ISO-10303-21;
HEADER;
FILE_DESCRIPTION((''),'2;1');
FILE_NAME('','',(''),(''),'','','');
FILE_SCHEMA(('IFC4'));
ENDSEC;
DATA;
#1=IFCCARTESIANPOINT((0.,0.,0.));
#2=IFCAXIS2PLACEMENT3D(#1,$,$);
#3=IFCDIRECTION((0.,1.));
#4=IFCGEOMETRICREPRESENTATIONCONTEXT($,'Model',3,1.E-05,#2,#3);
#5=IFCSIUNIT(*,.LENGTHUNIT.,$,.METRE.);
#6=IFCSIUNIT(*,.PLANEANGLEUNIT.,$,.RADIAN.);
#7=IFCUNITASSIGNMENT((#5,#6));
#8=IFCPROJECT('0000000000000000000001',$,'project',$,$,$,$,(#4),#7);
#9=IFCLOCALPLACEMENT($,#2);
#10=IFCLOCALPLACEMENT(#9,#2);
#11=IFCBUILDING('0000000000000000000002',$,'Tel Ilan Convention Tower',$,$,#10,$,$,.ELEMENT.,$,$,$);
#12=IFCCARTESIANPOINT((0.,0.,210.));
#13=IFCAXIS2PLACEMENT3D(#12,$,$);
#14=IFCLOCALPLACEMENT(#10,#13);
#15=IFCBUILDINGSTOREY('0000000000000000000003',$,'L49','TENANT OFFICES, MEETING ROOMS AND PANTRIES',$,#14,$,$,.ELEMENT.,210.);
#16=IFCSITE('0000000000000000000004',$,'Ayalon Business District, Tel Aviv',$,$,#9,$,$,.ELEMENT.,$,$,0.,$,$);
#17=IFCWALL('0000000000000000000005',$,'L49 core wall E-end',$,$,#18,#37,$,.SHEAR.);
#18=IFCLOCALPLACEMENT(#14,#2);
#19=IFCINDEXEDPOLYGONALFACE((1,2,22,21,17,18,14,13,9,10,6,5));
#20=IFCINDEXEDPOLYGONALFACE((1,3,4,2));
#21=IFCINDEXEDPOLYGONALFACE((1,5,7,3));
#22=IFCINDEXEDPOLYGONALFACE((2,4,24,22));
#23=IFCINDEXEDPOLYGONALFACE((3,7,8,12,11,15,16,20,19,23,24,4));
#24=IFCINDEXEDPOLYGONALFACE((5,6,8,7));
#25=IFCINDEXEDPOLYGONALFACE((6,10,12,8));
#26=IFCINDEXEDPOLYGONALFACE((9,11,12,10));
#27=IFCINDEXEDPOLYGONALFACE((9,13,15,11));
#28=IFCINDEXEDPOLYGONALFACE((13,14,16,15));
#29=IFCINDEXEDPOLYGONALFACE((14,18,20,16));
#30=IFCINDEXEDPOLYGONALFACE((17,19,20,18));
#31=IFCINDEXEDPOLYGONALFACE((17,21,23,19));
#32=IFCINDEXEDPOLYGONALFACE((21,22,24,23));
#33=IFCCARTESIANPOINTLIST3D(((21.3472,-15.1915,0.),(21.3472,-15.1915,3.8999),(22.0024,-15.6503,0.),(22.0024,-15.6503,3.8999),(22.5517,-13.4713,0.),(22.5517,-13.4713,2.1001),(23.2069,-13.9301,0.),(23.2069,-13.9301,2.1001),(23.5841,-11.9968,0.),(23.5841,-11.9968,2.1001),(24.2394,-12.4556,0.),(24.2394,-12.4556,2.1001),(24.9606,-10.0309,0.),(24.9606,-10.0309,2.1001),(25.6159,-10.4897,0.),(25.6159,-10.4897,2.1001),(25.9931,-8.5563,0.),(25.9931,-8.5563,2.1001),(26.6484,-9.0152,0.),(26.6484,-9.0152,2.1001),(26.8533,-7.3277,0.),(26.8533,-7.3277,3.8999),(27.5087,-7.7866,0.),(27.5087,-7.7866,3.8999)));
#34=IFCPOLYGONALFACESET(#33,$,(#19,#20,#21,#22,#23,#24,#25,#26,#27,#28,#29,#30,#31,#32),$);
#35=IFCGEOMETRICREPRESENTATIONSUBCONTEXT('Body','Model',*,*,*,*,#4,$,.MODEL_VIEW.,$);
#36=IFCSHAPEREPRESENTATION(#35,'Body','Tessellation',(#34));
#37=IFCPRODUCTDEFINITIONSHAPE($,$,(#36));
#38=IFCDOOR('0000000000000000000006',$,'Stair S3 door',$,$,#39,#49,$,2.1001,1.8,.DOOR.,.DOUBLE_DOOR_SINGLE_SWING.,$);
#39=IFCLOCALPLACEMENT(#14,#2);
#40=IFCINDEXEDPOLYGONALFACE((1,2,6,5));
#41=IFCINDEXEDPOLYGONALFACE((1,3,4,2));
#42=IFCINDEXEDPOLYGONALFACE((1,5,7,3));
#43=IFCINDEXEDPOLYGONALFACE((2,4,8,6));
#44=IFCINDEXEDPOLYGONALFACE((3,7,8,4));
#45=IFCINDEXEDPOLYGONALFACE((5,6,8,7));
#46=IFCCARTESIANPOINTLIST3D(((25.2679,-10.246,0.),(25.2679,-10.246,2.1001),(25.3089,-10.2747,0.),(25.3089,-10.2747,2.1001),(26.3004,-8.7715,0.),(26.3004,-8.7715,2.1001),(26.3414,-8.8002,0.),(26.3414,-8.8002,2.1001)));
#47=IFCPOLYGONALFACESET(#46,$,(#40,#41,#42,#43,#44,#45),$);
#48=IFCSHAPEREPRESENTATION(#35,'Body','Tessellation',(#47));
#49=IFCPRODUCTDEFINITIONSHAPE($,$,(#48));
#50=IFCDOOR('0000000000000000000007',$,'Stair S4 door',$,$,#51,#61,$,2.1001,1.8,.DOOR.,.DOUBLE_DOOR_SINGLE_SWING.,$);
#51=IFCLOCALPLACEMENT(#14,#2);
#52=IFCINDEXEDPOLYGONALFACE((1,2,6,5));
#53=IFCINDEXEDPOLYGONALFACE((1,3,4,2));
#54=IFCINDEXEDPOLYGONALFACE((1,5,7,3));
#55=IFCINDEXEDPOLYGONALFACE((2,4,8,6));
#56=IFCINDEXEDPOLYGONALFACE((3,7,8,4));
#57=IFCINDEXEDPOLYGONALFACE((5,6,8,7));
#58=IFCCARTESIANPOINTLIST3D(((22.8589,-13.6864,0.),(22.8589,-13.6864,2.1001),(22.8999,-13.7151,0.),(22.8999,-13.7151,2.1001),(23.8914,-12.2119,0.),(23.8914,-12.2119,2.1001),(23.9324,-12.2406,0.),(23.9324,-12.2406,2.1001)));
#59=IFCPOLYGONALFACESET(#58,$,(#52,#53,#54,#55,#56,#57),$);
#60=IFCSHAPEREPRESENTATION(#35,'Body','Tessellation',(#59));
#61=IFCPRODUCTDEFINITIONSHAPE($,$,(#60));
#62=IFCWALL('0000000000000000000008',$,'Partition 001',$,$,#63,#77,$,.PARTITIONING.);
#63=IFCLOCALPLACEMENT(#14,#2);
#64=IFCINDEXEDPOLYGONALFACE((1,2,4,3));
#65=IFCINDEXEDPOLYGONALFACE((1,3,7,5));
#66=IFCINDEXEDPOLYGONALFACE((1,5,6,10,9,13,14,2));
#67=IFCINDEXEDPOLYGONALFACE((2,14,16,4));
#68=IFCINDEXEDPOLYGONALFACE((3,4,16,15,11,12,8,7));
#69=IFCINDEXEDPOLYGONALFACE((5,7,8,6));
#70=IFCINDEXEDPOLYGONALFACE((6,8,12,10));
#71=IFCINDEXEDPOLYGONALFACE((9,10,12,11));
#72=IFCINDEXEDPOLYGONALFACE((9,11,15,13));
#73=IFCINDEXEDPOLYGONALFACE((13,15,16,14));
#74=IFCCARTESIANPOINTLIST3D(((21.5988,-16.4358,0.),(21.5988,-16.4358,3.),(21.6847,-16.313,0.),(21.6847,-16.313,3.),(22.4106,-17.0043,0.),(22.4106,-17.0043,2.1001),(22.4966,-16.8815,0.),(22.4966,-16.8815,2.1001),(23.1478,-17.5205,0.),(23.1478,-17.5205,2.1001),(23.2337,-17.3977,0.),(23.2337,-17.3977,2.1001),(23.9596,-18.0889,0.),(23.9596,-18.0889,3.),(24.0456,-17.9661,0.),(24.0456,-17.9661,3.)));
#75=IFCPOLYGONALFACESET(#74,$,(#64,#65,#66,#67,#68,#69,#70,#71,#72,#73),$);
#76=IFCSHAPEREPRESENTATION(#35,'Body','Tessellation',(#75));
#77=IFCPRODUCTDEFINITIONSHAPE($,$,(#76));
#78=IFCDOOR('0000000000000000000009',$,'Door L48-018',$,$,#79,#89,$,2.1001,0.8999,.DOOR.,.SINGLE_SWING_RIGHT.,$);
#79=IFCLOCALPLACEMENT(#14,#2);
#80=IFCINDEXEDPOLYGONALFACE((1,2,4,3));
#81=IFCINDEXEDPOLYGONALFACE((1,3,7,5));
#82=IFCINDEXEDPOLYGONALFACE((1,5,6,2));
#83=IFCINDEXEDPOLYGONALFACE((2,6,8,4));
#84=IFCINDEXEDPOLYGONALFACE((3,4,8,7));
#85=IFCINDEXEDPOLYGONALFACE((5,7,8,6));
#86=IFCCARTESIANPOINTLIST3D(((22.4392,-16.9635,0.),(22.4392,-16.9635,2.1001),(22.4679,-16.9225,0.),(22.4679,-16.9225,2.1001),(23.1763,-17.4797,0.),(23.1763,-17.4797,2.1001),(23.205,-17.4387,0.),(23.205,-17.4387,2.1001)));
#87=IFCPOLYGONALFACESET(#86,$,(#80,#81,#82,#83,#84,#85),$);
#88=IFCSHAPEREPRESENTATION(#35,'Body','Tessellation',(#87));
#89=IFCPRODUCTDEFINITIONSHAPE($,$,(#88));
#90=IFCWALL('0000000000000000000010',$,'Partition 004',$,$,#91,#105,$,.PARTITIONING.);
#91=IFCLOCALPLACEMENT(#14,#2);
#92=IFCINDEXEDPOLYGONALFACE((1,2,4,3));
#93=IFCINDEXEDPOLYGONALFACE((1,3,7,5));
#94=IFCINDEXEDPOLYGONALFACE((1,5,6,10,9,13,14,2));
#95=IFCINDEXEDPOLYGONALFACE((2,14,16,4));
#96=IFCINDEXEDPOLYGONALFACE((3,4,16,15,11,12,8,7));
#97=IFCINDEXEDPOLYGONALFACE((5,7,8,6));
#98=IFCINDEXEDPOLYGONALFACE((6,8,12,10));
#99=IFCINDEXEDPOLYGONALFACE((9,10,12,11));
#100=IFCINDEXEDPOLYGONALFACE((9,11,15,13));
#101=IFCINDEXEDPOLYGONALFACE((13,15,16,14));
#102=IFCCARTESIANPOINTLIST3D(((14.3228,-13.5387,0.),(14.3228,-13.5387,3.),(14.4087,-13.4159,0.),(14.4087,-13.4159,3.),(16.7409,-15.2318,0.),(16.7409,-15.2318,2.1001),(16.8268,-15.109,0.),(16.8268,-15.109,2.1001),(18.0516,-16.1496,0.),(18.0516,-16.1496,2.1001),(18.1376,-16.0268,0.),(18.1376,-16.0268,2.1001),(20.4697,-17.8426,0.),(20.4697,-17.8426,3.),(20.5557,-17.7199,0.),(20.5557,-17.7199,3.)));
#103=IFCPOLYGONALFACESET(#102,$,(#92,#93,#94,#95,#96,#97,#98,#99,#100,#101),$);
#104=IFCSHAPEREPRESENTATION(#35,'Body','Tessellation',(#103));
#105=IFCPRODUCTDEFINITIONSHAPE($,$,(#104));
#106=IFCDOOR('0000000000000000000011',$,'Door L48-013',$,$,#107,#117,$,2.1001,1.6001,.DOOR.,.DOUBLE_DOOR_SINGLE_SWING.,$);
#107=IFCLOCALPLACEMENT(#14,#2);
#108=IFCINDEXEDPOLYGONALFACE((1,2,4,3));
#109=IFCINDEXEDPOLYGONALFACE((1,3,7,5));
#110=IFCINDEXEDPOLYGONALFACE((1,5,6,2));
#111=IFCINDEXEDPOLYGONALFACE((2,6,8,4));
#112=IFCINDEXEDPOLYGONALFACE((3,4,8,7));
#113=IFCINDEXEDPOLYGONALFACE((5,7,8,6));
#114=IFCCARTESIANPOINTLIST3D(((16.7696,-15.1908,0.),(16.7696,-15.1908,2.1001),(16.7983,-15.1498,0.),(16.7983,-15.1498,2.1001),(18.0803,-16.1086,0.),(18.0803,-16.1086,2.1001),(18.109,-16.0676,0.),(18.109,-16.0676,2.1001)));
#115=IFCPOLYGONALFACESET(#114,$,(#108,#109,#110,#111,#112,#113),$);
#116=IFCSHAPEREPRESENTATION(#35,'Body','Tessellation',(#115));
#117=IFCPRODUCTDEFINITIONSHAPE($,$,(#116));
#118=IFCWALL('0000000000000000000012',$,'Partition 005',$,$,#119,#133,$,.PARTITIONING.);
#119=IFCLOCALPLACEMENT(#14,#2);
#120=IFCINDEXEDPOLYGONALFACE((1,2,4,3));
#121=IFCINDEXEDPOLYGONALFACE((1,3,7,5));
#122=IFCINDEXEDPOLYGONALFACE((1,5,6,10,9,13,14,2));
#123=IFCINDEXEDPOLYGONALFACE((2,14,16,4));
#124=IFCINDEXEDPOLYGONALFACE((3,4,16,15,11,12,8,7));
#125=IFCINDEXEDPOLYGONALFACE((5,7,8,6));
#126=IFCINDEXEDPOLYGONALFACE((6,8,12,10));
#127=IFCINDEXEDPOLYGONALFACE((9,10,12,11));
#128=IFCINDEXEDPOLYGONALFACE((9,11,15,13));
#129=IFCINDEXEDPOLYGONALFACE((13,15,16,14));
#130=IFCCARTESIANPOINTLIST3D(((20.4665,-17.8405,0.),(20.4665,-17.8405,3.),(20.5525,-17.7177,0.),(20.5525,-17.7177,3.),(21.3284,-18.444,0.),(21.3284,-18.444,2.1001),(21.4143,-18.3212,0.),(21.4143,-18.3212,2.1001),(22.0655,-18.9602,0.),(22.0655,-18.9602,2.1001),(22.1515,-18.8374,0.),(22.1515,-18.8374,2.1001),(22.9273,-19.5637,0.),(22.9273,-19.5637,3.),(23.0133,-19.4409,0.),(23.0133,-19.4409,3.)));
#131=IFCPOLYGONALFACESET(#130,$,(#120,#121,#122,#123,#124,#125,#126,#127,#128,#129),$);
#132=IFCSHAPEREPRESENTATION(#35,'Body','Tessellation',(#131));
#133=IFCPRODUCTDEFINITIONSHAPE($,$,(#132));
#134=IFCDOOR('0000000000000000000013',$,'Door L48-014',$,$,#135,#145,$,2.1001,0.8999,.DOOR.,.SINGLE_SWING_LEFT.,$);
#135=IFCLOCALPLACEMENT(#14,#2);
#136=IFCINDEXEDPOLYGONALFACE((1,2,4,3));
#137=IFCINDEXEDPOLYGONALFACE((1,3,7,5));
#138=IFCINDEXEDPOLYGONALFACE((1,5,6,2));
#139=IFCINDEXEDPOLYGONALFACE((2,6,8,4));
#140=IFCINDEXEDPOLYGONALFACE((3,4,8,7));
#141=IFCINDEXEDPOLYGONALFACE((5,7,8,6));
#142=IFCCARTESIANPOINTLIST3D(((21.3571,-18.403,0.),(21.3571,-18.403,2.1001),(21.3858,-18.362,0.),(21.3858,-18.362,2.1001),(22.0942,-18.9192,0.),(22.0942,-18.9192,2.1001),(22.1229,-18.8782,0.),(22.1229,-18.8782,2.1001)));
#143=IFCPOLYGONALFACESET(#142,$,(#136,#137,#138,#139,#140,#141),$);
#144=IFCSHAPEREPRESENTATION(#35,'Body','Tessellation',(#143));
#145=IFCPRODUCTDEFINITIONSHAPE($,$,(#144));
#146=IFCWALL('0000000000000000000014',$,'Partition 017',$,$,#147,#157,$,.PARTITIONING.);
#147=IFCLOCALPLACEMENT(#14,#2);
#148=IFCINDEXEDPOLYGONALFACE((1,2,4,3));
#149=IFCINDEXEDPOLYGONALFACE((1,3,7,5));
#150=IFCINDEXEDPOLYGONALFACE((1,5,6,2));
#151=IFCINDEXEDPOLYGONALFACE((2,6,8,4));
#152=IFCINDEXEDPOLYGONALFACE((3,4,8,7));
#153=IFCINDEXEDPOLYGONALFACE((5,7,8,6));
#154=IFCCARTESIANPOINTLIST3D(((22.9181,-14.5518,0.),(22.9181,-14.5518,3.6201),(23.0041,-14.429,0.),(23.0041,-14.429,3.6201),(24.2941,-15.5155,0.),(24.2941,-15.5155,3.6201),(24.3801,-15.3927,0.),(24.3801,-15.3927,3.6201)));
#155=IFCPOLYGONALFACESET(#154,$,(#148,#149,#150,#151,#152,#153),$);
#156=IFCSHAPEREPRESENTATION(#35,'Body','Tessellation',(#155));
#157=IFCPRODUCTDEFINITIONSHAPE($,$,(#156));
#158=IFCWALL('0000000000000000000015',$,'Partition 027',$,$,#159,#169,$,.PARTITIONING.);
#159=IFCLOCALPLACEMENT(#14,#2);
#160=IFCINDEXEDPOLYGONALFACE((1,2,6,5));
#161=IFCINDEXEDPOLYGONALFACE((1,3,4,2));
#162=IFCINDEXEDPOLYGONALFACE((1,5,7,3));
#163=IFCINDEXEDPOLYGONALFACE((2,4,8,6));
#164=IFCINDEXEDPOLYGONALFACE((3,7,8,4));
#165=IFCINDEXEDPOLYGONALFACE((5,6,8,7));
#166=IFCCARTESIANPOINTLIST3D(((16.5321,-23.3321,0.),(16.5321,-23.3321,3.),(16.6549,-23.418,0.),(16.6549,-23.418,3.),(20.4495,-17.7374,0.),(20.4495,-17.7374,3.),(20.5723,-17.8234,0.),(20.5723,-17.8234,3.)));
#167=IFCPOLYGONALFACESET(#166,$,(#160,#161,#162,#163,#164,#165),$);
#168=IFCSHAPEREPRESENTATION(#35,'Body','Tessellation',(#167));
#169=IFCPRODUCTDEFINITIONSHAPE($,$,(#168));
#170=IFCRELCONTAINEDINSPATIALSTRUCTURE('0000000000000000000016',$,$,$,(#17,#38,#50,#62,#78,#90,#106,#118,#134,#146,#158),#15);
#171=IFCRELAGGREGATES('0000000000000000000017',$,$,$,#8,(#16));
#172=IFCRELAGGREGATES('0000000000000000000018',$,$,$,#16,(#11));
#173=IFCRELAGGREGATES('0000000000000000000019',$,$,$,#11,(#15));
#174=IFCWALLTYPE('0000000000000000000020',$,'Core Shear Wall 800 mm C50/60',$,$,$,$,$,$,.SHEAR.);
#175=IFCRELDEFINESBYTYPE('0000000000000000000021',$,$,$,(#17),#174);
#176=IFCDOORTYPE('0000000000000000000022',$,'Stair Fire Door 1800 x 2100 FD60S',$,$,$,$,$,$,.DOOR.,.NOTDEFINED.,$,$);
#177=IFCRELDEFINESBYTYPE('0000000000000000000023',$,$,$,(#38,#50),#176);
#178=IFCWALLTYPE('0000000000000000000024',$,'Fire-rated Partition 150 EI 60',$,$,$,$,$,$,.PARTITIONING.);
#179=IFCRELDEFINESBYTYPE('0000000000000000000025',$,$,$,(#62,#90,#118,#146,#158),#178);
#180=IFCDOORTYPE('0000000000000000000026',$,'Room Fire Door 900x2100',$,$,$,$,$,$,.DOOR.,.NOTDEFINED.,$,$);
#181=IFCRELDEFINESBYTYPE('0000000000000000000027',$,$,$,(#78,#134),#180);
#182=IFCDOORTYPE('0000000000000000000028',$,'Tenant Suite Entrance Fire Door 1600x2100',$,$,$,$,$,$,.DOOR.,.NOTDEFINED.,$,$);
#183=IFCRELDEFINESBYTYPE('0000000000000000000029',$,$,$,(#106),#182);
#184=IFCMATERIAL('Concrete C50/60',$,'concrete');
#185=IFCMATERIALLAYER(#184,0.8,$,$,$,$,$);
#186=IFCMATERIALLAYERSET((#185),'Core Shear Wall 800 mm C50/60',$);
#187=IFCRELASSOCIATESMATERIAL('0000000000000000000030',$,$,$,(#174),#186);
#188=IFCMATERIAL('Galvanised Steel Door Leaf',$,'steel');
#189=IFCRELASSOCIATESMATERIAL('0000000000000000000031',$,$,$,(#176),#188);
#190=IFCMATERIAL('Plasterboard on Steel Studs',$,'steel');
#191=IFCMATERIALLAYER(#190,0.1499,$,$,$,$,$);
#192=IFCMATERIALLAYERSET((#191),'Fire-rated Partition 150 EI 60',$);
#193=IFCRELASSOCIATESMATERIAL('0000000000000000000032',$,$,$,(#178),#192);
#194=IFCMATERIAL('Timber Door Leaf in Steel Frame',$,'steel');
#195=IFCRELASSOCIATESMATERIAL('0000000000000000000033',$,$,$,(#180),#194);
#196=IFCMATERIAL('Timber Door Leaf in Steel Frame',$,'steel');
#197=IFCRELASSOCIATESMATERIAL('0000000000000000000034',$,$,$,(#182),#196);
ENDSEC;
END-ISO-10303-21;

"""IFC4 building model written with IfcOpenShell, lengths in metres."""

from ifc_helpers import new_model, si_unit, direction, frame, frame_2d, origin, place, context, subcontext, project, spatial, polyline, rectangle, outline, extrude, material, layer, layer_set, type_object, element, fill, save


model = new_model("IFC4")

# Units and contexts
model_context = context("Model", 3, precision=1e-05, world=origin(), true_north=direction((0.0, 1.0)))
body_context = subcontext(model_context, "Body", "Model", "MODEL_VIEW")
ifc_project = project(units=[si_unit("LENGTHUNIT", "METRE"), si_unit("PLANEANGLEUNIT", "RADIAN")], contexts=[model_context])

# Site, building, storey
site_placement = place(None, origin())
site = spatial("IfcSite", under=ifc_project, at=site_placement, Name="Ayalon Business District, Tel Aviv", CompositionType="ELEMENT", RefElevation=0.0)
building_placement = place(site_placement, origin())
building = spatial("IfcBuilding", under=site, at=building_placement, Name="Tel Ilan Convention Tower", CompositionType="ELEMENT")
storey_placement = place(building_placement, frame((0.0, 0.0, 210.0)))
storey = spatial("IfcBuildingStorey", under=building, at=storey_placement, Name="L49", Description="TENANT OFFICES, MEETING ROOMS AND PANTRIES", CompositionType="ELEMENT", Elevation=210.0)

# Wall, openings, doors
ifc_material_1 = material(Name="Concrete C50/60", Category="concrete")
ifc_layer_1 = layer(ifc_material_1, 0.8)
ifc_layer_set_1 = layer_set([ifc_layer_1], Name="Core Shear Wall 800 mm C50/60")
wall_type_1 = type_object("IfcWallType", Name="Core Shear Wall 800 mm C50/60", PredefinedType="SHEAR", material=ifc_layer_set_1)
wall_1_placement = place(storey_placement, frame((21.6748, -15.4209, 0.0), z_axis=(0.0, 0.0, 1.0), x_axis=(0.573582, 0.819148, 0.0)))
wall_1 = element("IfcWall", 1, at=wall_1_placement, inside=storey, type_object=wall_type_1, Name="L49 core wall E-end", PredefinedType="SHEAR", context=body_context, shape_type="SweptSolid", body=[
    extrude(outline(polyline([(9.5999, 0.4001), (0.0, 0.3999), (0.0, -0.3999), (9.5999, -0.3999), (9.5999, 0.4001)])), origin(), (0.0, 0.0, 1.0), 3.8999),
])
opening_1_placement = place(wall_1_placement, frame((6.3, 0.0, 0.0)))
opening_1 = element("IfcOpeningElement", 2, at=opening_1_placement, cuts=wall_1, PredefinedType="OPENING", context=body_context, shape_type="SweptSolid", body=[
    extrude(rectangle(XDim=1.8, YDim=2.1001, at=frame_2d((0.8999, 1.05))), frame((0.0, 0.4099, 0.0), z_axis=(0.0, -1.0, 0.0), x_axis=(1.0, 0.0, 0.0)), (0.0, 0.0, 1.0), 0.8201),
])
opening_2_placement = place(wall_1_placement, frame((2.1001, 0.0, 0.0)))
opening_2 = element("IfcOpeningElement", 3, at=opening_2_placement, cuts=wall_1, PredefinedType="OPENING", context=body_context, shape_type="SweptSolid", body=[
    extrude(rectangle(XDim=1.8, YDim=2.1001, at=frame_2d((0.8999, 1.05))), frame((0.0, 0.4099, 0.0), z_axis=(0.0, -1.0, 0.0), x_axis=(1.0, 0.0, 0.0)), (0.0, 0.0, 1.0), 0.8201),
])
ifc_material_2 = material(Name="Galvanised Steel Door Leaf", Category="steel")
door_type_1 = type_object("IfcDoorType", Name="Stair Fire Door 1800 x 2100 FD60S", OperationType="NOTDEFINED", PredefinedType="DOOR", material=ifc_material_2)
door_1_placement = place(opening_1_placement, origin())
door_1 = element("IfcDoor", 4, at=door_1_placement, inside=storey, type_object=door_type_1, Name="Stair S3 door", OperationType="DOUBLE_DOOR_SINGLE_SWING", OverallHeight=2.1001, OverallWidth=1.8, PredefinedType="DOOR", context=body_context, shape_type="SweptSolid", body=[
    extrude(rectangle(XDim=1.8, YDim=2.1001, at=frame_2d((0.8999, 1.05))), frame((0.0, 0.0249, 0.0), z_axis=(0.0, -1.0, 0.0), x_axis=(1.0, 0.0, 0.0)), (0.0, 0.0, 1.0), 0.05),
])
fill(opening_1, door_1)
door_2_placement = place(opening_2_placement, origin())
door_2 = element("IfcDoor", 5, at=door_2_placement, inside=storey, type_object=door_type_1, Name="Stair S4 door", OperationType="DOUBLE_DOOR_SINGLE_SWING", OverallHeight=2.1001, OverallWidth=1.8, PredefinedType="DOOR", context=body_context, shape_type="SweptSolid", body=[
    extrude(rectangle(XDim=1.8, YDim=2.1001, at=frame_2d((0.8999, 1.05))), frame((0.0, 0.0249, 0.0), z_axis=(0.0, -1.0, 0.0), x_axis=(1.0, 0.0, 0.0)), (0.0, 0.0, 1.0), 0.05),
])
fill(opening_2, door_2)

# Walls, openings, doors
ifc_material_3 = material(Name="Plasterboard on Steel Studs", Category="steel")
ifc_layer_2 = layer(ifc_material_3, 0.1499)
ifc_layer_set_2 = layer_set([ifc_layer_2], Name="Fire-rated Partition 150 EI 60")
wall_type_2 = type_object("IfcWallType", Name="Fire-rated Partition 150 EI 60", PredefinedType="PARTITIONING", material=ifc_layer_set_2)
wall_2_placement = place(storey_placement, frame((21.6418, -16.3745, 0.0), z_axis=(0.0, 0.0, 1.0), x_axis=(0.819152, -0.573576, 0.0)))
wall_2 = element("IfcWall", 6, at=wall_2_placement, inside=storey, type_object=wall_type_2, Name="Partition 001", PredefinedType="PARTITIONING", context=body_context, shape_type="SweptSolid", body=[
    extrude(rectangle(XDim=2.8821, YDim=0.1499, at=frame_2d((1.4409, 0.0))), origin(), (0.0, 0.0, 1.0), 3.0),
])
opening_3_placement = place(wall_2_placement, frame((0.991, 0.0, 0.0)))
opening_3 = element("IfcOpeningElement", 7, at=opening_3_placement, cuts=wall_2, PredefinedType="OPENING", context=body_context, shape_type="SweptSolid", body=[
    extrude(rectangle(XDim=0.8999, YDim=2.1001, at=frame_2d((0.45, 1.05))), frame((0.0, 0.085, 0.0), z_axis=(0.0, -1.0, 0.0), x_axis=(1.0, 0.0, 0.0)), (0.0, 0.0, 1.0), 0.1699),
])
ifc_material_4 = material(Name="Timber Door Leaf in Steel Frame", Category="steel")
door_type_2 = type_object("IfcDoorType", Name="Room Fire Door 900x2100", OperationType="NOTDEFINED", PredefinedType="DOOR", material=ifc_material_4)
door_3_placement = place(opening_3_placement, origin())
door_3 = element("IfcDoor", 8, at=door_3_placement, inside=storey, type_object=door_type_2, Name="Door L48-018", OperationType="SINGLE_SWING_RIGHT", OverallHeight=2.1001, OverallWidth=0.8999, PredefinedType="DOOR", context=body_context, shape_type="SweptSolid", body=[
    extrude(rectangle(XDim=0.8999, YDim=2.1001, at=frame_2d((0.45, 1.05))), frame((0.0, 0.0249, 0.0), z_axis=(0.0, -1.0, 0.0), x_axis=(1.0, 0.0, 0.0)), (0.0, 0.0, 1.0), 0.05),
])
fill(opening_3, door_3)
wall_3_placement = place(storey_placement, frame((20.5127, -17.7812, 0.0), z_axis=(0.0, 0.0, 1.0), x_axis=(-0.819165, 0.573558, 0.0)))
wall_3 = element("IfcWall", 9, at=wall_3_placement, inside=storey, type_object=wall_type_2, Name="Partition 004", PredefinedType="PARTITIONING", context=body_context, shape_type="SweptSolid", body=[
    extrude(rectangle(XDim=7.5039, YDim=0.1499, at=frame_2d((3.752, 0.0))), origin(), (0.0, 0.0, 1.0), 3.0),
])
opening_4_placement = place(wall_3_placement, frame((2.9519, 0.0, 0.0)))
opening_4 = element("IfcOpeningElement", 10, at=opening_4_placement, cuts=wall_3, PredefinedType="OPENING", context=body_context, shape_type="SweptSolid", body=[
    extrude(rectangle(XDim=1.6001, YDim=2.1001, at=frame_2d((0.8, 1.05))), frame((0.0, 0.085, 0.0), z_axis=(0.0, -1.0, 0.0), x_axis=(1.0, 0.0, 0.0)), (0.0, 0.0, 1.0), 0.1699),
])
ifc_material_5 = material(Name="Timber Door Leaf in Steel Frame", Category="steel")
door_type_3 = type_object("IfcDoorType", Name="Tenant Suite Entrance Fire Door 1600x2100", OperationType="NOTDEFINED", PredefinedType="DOOR", material=ifc_material_5)
door_4_placement = place(opening_4_placement, origin())
door_4 = element("IfcDoor", 11, at=door_4_placement, inside=storey, type_object=door_type_3, Name="Door L48-013", OperationType="DOUBLE_DOOR_SINGLE_SWING", OverallHeight=2.1001, OverallWidth=1.6001, PredefinedType="DOOR", context=body_context, shape_type="SweptSolid", body=[
    extrude(rectangle(XDim=1.6001, YDim=2.1001, at=frame_2d((0.8, 1.05))), frame((0.0, 0.0249, 0.0), z_axis=(0.0, -1.0, 0.0), x_axis=(1.0, 0.0, 0.0)), (0.0, 0.0, 1.0), 0.05),
])
fill(opening_4, door_4)
wall_4_placement = place(storey_placement, frame((22.9702, -19.5022, 0.0), z_axis=(0.0, 0.0, 1.0), x_axis=(-0.819129, 0.57361, 0.0)))
wall_4 = element("IfcWall", 12, at=wall_4_placement, inside=storey, type_object=wall_type_2, Name="Partition 005", PredefinedType="PARTITIONING", context=body_context, shape_type="SweptSolid", body=[
    extrude(rectangle(XDim=3.0042, YDim=0.1499, at=frame_2d((1.502, 0.0))), origin(), (0.0, 0.0, 1.0), 3.0),
])
opening_5_placement = place(wall_4_placement, frame((1.052, 0.0, 0.0)))
opening_5 = element("IfcOpeningElement", 13, at=opening_5_placement, cuts=wall_4, PredefinedType="OPENING", context=body_context, shape_type="SweptSolid", body=[
    extrude(rectangle(XDim=0.8999, YDim=2.1001, at=frame_2d((0.45, 1.05))), frame((0.0, 0.085, 0.0), z_axis=(0.0, -1.0, 0.0), x_axis=(1.0, 0.0, 0.0)), (0.0, 0.0, 1.0), 0.1699),
])
door_5_placement = place(opening_5_placement, origin())
door_5 = element("IfcDoor", 14, at=door_5_placement, inside=storey, type_object=door_type_2, Name="Door L48-014", OperationType="SINGLE_SWING_LEFT", OverallHeight=2.1001, OverallWidth=0.8999, PredefinedType="DOOR", context=body_context, shape_type="SweptSolid", body=[
    extrude(rectangle(XDim=0.8999, YDim=2.1001, at=frame_2d((0.45, 1.05))), frame((0.0, 0.0249, 0.0), z_axis=(0.0, -1.0, 0.0), x_axis=(1.0, 0.0, 0.0)), (0.0, 0.0, 1.0), 0.05),
])
fill(opening_5, door_5)

# Walls
wall_5_placement = place(storey_placement, frame((22.9612, -14.4905, 0.0), z_axis=(0.0, 0.0, 1.0), x_axis=(0.819109, -0.573638, 0.0)))
element("IfcWall", 15, at=wall_5_placement, inside=storey, type_object=wall_type_2, Name="Partition 017", PredefinedType="PARTITIONING", context=body_context, shape_type="SweptSolid", body=[
    extrude(rectangle(XDim=1.6799, YDim=0.1499, at=frame_2d((0.8398, 0.0))), origin(), (0.0, 0.0, 1.0), 3.6201),
])
wall_6_placement = place(storey_placement, frame((20.511, -17.7803, 0.0), z_axis=(0.0, 0.0, 1.0), x_axis=(-0.573577, -0.819151, 0.0)))
element("IfcWall", 16, at=wall_6_placement, inside=storey, type_object=wall_type_2, Name="Partition 027", PredefinedType="PARTITIONING", context=body_context, shape_type="SweptSolid", body=[
    extrude(rectangle(XDim=6.8298, YDim=0.1499, at=frame_2d((3.415, 0.0))), origin(), (0.0, 0.0, 1.0), 3.0),
])

save(model, "model.ifc")
